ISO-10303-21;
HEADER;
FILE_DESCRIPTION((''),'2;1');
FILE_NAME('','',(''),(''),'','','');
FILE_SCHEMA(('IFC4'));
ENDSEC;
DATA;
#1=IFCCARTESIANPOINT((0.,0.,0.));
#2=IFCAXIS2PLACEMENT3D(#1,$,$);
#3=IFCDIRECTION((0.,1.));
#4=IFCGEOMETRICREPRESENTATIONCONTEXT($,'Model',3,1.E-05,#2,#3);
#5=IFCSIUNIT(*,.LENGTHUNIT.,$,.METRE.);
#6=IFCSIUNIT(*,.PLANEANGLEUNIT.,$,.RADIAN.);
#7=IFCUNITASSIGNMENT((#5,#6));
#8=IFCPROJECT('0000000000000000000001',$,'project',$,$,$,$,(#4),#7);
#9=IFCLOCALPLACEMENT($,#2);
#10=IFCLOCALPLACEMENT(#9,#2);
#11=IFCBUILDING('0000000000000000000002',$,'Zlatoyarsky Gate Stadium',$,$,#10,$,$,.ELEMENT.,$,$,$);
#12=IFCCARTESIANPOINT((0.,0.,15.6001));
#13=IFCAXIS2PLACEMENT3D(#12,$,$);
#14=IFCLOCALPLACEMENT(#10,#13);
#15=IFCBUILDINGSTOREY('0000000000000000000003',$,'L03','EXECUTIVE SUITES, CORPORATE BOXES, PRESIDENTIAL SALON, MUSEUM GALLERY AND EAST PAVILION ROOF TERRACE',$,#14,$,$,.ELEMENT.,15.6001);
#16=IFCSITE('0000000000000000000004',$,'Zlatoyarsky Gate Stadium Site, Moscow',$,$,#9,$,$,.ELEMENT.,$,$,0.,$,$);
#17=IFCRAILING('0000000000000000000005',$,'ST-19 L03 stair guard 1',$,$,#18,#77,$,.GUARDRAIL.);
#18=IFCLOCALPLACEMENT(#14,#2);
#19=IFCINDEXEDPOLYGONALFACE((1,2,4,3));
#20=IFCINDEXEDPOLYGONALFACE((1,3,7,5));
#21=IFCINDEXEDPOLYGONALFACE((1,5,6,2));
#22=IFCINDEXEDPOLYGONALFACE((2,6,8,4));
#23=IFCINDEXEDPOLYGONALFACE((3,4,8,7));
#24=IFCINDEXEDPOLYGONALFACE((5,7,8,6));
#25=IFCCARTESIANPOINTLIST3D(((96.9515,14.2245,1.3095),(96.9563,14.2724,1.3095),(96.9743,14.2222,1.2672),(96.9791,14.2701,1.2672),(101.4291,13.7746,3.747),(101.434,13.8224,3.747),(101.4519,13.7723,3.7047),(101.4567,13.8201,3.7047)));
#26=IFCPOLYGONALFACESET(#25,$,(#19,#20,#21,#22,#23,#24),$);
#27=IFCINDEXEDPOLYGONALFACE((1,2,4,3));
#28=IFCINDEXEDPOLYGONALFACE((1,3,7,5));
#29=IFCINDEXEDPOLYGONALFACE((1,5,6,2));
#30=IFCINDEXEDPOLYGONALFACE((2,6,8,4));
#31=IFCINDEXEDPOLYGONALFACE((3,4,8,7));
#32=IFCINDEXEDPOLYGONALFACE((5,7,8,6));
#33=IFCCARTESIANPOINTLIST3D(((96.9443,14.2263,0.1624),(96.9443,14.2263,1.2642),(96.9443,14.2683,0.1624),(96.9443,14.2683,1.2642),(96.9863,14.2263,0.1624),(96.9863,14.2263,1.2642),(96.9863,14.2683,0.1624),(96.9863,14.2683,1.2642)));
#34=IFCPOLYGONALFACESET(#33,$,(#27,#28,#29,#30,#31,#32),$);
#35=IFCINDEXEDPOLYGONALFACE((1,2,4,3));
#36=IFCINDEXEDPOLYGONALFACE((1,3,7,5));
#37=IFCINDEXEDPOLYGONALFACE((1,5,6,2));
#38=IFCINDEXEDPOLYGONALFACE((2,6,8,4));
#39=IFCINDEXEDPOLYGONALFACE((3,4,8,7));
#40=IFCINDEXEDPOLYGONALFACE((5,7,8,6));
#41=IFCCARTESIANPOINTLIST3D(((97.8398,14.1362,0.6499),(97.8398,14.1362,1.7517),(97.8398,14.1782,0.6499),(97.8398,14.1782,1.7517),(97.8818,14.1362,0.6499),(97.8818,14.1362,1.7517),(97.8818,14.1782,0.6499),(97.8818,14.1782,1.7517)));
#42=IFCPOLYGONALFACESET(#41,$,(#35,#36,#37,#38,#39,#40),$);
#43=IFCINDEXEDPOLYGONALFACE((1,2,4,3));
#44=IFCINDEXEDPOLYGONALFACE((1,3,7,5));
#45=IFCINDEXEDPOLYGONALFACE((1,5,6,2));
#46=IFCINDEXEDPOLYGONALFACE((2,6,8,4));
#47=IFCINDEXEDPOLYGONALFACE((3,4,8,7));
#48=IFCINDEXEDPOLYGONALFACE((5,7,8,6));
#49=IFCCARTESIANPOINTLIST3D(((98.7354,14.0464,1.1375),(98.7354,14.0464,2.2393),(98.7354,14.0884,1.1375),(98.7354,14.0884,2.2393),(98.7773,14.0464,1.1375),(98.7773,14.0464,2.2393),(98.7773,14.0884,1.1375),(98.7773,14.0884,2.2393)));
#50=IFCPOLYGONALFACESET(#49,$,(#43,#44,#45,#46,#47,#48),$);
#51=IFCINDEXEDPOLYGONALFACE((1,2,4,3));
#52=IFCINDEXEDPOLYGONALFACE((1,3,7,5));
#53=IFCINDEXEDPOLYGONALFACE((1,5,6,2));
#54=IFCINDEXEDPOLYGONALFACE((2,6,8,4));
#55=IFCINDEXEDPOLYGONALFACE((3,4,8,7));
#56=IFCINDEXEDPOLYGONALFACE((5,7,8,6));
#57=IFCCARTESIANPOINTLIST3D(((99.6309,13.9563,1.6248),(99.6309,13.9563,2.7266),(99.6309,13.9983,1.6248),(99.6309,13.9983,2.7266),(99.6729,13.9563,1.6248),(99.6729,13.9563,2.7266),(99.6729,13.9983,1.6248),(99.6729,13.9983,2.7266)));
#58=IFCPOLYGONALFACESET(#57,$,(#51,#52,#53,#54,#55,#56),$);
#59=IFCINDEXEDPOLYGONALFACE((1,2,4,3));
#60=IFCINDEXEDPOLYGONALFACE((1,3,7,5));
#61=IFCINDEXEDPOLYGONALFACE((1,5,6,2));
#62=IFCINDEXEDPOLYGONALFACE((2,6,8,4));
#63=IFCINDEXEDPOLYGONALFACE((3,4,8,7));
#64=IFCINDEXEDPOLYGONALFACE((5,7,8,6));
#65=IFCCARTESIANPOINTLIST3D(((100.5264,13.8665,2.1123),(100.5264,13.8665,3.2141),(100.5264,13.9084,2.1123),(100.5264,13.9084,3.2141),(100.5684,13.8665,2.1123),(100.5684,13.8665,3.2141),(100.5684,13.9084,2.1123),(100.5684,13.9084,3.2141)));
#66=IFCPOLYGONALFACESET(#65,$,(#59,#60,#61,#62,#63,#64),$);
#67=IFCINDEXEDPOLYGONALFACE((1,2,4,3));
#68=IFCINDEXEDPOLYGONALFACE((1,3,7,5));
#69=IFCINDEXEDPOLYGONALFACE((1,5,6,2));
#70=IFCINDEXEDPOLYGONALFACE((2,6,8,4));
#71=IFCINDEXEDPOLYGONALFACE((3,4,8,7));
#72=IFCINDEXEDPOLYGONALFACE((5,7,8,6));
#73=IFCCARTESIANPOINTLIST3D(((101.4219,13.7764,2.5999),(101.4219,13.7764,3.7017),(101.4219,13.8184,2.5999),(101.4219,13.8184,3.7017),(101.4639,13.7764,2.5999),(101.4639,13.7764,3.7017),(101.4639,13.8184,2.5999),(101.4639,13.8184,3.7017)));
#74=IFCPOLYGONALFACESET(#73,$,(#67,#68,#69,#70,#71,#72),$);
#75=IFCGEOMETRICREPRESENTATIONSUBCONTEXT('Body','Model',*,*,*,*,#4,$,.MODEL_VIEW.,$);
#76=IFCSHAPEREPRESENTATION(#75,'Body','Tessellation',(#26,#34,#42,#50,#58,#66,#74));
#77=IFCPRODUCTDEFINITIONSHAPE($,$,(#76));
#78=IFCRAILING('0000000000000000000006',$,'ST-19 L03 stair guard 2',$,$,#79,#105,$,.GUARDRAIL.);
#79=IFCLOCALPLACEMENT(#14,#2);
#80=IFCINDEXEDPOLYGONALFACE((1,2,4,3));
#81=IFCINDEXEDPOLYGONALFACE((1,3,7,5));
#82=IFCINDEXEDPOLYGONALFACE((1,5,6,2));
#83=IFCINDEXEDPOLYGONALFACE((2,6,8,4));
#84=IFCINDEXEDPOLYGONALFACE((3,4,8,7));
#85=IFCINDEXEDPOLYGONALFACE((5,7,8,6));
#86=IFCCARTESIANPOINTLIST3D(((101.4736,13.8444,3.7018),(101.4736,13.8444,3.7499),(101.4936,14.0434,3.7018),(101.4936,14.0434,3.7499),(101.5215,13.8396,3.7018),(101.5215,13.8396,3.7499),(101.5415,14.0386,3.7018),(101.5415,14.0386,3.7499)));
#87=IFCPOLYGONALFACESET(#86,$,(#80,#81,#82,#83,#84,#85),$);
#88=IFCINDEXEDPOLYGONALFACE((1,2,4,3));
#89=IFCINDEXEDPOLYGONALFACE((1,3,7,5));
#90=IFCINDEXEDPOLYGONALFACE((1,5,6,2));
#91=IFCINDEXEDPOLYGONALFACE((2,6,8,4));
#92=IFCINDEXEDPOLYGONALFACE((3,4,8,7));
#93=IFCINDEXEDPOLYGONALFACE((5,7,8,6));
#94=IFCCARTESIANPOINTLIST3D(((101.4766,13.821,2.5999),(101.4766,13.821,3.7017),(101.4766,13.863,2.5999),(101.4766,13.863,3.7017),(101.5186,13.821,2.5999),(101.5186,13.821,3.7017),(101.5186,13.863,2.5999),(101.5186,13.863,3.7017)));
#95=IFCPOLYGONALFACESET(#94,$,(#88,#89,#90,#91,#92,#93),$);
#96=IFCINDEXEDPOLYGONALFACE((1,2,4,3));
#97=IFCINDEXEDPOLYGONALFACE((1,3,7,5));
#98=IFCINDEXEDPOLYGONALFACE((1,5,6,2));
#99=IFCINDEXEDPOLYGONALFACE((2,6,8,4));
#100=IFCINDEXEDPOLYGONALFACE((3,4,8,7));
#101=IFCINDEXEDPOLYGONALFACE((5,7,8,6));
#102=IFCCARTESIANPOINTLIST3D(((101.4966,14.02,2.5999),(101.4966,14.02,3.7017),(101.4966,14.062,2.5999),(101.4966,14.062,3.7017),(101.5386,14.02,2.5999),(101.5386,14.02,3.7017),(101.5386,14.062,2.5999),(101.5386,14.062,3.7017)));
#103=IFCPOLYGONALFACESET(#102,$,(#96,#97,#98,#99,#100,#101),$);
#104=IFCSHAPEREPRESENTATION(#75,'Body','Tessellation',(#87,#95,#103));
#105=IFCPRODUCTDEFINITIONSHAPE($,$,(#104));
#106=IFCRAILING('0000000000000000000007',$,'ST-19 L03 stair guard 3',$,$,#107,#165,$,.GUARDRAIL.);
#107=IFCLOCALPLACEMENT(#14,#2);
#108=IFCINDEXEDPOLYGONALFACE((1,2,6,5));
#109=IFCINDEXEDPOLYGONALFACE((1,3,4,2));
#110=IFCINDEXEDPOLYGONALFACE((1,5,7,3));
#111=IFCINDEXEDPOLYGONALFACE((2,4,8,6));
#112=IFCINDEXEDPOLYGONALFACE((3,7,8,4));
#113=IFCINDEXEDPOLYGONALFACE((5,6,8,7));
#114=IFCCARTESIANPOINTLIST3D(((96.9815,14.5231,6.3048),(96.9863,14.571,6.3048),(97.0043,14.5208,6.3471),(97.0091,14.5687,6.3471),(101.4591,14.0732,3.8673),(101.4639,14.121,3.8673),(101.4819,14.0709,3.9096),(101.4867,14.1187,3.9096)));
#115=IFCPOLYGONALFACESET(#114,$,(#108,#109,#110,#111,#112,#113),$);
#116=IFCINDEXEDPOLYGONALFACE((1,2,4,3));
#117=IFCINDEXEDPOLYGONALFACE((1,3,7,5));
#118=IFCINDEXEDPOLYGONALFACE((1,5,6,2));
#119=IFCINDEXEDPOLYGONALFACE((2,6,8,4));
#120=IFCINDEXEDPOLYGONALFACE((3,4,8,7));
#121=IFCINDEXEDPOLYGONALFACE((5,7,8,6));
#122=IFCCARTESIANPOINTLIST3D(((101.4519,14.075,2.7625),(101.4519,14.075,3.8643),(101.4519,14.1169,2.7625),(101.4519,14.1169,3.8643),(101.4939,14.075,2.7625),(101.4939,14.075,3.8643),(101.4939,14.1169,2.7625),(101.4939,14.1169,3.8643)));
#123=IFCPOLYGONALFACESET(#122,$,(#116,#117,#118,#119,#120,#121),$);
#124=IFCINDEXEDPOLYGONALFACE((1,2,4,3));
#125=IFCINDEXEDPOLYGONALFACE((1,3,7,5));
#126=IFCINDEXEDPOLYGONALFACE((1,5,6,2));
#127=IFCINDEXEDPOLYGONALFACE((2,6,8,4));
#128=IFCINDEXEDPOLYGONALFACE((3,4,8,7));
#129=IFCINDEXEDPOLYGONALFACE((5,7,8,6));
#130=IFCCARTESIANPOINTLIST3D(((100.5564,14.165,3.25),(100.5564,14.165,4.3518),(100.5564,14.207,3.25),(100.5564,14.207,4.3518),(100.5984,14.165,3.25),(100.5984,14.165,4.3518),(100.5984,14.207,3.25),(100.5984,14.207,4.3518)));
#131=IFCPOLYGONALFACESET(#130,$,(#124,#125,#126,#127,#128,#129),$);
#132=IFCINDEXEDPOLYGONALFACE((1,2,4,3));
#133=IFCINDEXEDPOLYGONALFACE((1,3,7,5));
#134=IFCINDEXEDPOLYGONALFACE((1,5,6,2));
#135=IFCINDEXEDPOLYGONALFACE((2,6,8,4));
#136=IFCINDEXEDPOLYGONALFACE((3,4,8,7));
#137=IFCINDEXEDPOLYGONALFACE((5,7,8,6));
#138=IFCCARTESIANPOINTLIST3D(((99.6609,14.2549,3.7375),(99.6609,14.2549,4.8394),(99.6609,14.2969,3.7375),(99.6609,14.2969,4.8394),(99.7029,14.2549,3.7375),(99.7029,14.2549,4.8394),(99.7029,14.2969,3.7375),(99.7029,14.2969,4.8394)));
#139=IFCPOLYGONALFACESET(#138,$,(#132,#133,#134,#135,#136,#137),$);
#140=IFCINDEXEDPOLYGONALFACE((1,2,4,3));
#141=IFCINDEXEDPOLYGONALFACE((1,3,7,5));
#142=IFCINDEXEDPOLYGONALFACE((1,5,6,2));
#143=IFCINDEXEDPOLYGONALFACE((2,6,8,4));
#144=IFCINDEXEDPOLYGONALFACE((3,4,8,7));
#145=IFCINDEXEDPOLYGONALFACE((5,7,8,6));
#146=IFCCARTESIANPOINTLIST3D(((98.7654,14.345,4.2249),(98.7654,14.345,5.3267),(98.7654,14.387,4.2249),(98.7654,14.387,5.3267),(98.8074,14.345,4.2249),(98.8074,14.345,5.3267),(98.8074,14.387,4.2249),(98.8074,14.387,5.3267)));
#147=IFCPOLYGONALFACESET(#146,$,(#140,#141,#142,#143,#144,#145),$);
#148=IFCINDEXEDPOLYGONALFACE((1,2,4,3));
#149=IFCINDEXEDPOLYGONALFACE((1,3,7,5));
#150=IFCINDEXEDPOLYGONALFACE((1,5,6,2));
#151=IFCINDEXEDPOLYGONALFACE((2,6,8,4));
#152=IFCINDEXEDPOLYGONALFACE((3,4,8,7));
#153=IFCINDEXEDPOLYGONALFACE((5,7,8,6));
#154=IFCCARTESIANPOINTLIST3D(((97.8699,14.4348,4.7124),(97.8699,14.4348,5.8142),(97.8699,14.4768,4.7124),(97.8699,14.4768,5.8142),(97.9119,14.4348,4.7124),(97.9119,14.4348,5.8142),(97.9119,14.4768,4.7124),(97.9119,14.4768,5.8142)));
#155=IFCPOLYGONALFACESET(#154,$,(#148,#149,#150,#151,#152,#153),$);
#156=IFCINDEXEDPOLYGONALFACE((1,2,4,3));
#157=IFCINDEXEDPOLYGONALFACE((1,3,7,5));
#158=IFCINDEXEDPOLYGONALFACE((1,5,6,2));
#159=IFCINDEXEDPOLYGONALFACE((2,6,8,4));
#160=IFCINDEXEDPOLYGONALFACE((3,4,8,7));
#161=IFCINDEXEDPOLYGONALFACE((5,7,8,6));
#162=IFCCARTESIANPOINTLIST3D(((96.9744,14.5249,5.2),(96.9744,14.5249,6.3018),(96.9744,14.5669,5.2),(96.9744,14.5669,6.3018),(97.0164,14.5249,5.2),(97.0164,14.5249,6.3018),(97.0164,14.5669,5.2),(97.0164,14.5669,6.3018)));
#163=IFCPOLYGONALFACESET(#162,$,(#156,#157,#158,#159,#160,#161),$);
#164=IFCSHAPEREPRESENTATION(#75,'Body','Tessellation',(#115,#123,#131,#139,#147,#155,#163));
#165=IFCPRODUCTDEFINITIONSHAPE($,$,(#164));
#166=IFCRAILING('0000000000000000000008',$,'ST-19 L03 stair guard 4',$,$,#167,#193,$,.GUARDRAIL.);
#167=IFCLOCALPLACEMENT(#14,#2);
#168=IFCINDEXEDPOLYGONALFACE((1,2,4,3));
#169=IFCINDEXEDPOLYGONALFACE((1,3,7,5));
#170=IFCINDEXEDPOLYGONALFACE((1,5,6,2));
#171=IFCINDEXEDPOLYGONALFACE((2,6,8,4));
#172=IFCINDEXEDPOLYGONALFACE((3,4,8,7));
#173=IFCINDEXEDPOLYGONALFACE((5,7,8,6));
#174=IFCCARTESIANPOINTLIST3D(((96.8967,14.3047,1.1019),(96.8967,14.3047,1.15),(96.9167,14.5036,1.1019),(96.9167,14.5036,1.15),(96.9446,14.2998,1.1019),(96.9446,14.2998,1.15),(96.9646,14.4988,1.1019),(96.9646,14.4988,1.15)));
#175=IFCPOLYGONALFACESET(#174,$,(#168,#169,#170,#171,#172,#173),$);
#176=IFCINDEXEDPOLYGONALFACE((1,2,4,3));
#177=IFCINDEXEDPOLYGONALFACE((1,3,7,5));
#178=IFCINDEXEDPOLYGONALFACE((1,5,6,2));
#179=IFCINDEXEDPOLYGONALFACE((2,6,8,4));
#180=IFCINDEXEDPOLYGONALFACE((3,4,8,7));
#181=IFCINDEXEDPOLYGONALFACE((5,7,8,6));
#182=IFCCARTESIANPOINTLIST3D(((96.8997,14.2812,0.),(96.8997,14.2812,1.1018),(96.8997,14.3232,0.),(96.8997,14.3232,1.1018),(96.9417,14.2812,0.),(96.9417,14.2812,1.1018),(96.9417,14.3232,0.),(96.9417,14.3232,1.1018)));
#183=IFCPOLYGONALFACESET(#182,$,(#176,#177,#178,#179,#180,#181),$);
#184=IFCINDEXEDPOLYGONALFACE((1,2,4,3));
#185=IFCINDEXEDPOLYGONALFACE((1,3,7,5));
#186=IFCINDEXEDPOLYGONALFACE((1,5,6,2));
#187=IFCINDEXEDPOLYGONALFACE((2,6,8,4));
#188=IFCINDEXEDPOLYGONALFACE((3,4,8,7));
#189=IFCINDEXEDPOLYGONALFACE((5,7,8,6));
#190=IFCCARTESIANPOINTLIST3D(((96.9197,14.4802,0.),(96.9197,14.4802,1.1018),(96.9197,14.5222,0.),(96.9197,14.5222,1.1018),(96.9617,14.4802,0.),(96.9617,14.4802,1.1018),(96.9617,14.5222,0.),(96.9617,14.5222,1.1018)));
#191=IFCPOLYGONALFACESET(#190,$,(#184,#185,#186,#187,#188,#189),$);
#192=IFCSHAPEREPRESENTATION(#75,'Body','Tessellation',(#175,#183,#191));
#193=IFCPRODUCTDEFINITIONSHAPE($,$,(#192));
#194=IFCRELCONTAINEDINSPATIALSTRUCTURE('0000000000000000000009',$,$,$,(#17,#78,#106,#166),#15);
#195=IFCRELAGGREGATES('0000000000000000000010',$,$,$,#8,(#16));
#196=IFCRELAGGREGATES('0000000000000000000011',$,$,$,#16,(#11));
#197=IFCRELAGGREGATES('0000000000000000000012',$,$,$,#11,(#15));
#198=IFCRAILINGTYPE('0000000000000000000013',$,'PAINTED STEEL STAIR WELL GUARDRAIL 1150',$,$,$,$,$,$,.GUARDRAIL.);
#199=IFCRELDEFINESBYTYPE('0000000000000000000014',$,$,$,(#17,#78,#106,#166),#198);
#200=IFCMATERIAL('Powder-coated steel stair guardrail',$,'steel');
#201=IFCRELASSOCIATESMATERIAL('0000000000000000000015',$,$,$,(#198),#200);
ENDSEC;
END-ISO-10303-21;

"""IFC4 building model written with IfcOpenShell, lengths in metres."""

from ifc_helpers import new_model, si_unit, direction, frame, origin, origin_2d, place, context, subcontext, project, spatial, rectangle, extrude, material, type_object, element, save


model = new_model("IFC4")

# Units and contexts
model_context = context("Model", 3, precision=1e-05, world=origin(), true_north=direction((0.0, 1.0)))
body_context = subcontext(model_context, "Body", "Model", "MODEL_VIEW")
ifc_project = project(units=[si_unit("LENGTHUNIT", "METRE"), si_unit("PLANEANGLEUNIT", "RADIAN")], contexts=[model_context])

# Site, building, storey
site_placement = place(None, origin())
site = spatial("IfcSite", under=ifc_project, at=site_placement, Name="Zlatoyarsky Gate Stadium Site, Moscow", CompositionType="ELEMENT", RefElevation=0.0)
building_placement = place(site_placement, origin())
building = spatial("IfcBuilding", under=site, at=building_placement, Name="Zlatoyarsky Gate Stadium", CompositionType="ELEMENT")
storey_placement = place(building_placement, frame((0.0, 0.0, 15.6001)))
storey = spatial("IfcBuildingStorey", under=building, at=storey_placement, Name="L03", Description="EXECUTIVE SUITES, CORPORATE BOXES, PRESIDENTIAL SALON, MUSEUM GALLERY AND EAST PAVILION ROOF TERRACE", CompositionType="ELEMENT", Elevation=15.6001)

# Railings
ifc_material_1 = material(Name="Powder-coated steel stair guardrail", Category="steel")
railing_type_1 = type_object("IfcRailingType", Name="PAINTED STEEL STAIR WELL GUARDRAIL 1150", PredefinedType="GUARDRAIL", material=ifc_material_1)
railing_1_placement = place(storey_placement, frame((96.9653, 14.2473, 0.1624)))
element("IfcRailing", 1, at=railing_1_placement, inside=storey, type_object=railing_type_1, Name="ST-19 L03 stair guard 1", PredefinedType="GUARDRAIL", context=body_context, shape_type="SweptSolid", body=[
    extrude(rectangle(XDim=0.0481, YDim=0.0481, at=origin_2d()), frame((0.0, 0.0, 1.126), z_axis=(0.87489, -0.087918, 0.476276), x_axis=(0.099987, 0.994989, 0.0)), (0.0, 0.0, 1.0), 5.1179),
    extrude(rectangle(XDim=0.042, YDim=0.042, at=origin_2d()), origin(), (0.0, 0.0, 1.0), 1.1018),
    extrude(rectangle(XDim=0.042, YDim=0.042, at=origin_2d()), frame((0.8955, -0.0901, 0.4875)), (0.0, 0.0, 1.0), 1.1018),
    extrude(rectangle(XDim=0.042, YDim=0.042, at=origin_2d()), frame((1.791, -0.1799, 0.9751)), (0.0, 0.0, 1.0), 1.1018),
    extrude(rectangle(XDim=0.042, YDim=0.042, at=origin_2d()), frame((2.6865, -0.27, 1.4624)), (0.0, 0.0, 1.0), 1.1018),
    extrude(rectangle(XDim=0.042, YDim=0.042, at=origin_2d()), frame((3.582, -0.3599, 1.95)), (0.0, 0.0, 1.0), 1.1018),
    extrude(rectangle(XDim=0.042, YDim=0.042, at=origin_2d()), frame((4.4775, -0.45, 2.4375)), (0.0, 0.0, 1.0), 1.1018),
])
railing_2_placement = place(storey_placement, frame((101.4976, 13.842, 2.5999)))
element("IfcRailing", 2, at=railing_2_placement, inside=storey, type_object=railing_type_1, Name="ST-19 L03 stair guard 2", PredefinedType="GUARDRAIL", context=body_context, shape_type="SweptSolid", body=[
    extrude(rectangle(XDim=0.0481, YDim=0.0481, at=origin_2d()), frame((0.0, 0.0, 1.126), z_axis=(0.100108, 0.994977, 0.0), x_axis=(-0.994977, 0.100108, 0.0)), (0.0, 0.0, 1.0), 0.2),
    extrude(rectangle(XDim=0.042, YDim=0.042, at=origin_2d()), origin(), (0.0, 0.0, 1.0), 1.1018),
    extrude(rectangle(XDim=0.042, YDim=0.042, at=origin_2d()), frame((0.02, 0.199, 0.0)), (0.0, 0.0, 1.0), 1.1018),
])
railing_3_placement = place(storey_placement, frame((101.4729, 14.0959, 2.7625)))
element("IfcRailing", 3, at=railing_3_placement, inside=storey, type_object=railing_type_1, Name="ST-19 L03 stair guard 3", PredefinedType="GUARDRAIL", context=body_context, shape_type="SweptSolid", body=[
    extrude(rectangle(XDim=0.0481, YDim=0.0481, at=origin_2d()), frame((0.0, 0.0, 1.126), z_axis=(-0.87489, 0.087918, 0.476276), x_axis=(-0.099987, -0.994989, 0.0)), (0.0, 0.0, 1.0), 5.1179),
    extrude(rectangle(XDim=0.042, YDim=0.042, at=origin_2d()), origin(), (0.0, 0.0, 1.0), 1.1018),
    extrude(rectangle(XDim=0.042, YDim=0.042, at=origin_2d()), frame((-0.8955, 0.0901, 0.4875)), (0.0, 0.0, 1.0), 1.1018),
    extrude(rectangle(XDim=0.042, YDim=0.042, at=origin_2d()), frame((-1.791, 0.1799, 0.9751)), (0.0, 0.0, 1.0), 1.1018),
    extrude(rectangle(XDim=0.042, YDim=0.042, at=origin_2d()), frame((-2.6865, 0.27, 1.4624)), (0.0, 0.0, 1.0), 1.1018),
    extrude(rectangle(XDim=0.042, YDim=0.042, at=origin_2d()), frame((-3.582, 0.3599, 1.95)), (0.0, 0.0, 1.0), 1.1018),
    extrude(rectangle(XDim=0.042, YDim=0.042, at=origin_2d()), frame((-4.4775, 0.45, 2.4375)), (0.0, 0.0, 1.0), 1.1018),
])
railing_4_placement = place(storey_placement, frame((96.9207, 14.3022, 0.0)))
element("IfcRailing", 4, at=railing_4_placement, inside=storey, type_object=railing_type_1, Name="ST-19 L03 stair guard 4", PredefinedType="GUARDRAIL", context=body_context, shape_type="SweptSolid", body=[
    extrude(rectangle(XDim=0.0481, YDim=0.0481, at=origin_2d()), frame((0.0, 0.0, 1.126), z_axis=(0.100108, 0.994977, 0.0), x_axis=(-0.994977, 0.100108, 0.0)), (0.0, 0.0, 1.0), 0.2),
    extrude(rectangle(XDim=0.042, YDim=0.042, at=origin_2d()), origin(), (0.0, 0.0, 1.0), 1.1018),
    extrude(rectangle(XDim=0.042, YDim=0.042, at=origin_2d()), frame((0.02, 0.199, 0.0)), (0.0, 0.0, 1.0), 1.1018),
])

save(model, "model.ifc")
